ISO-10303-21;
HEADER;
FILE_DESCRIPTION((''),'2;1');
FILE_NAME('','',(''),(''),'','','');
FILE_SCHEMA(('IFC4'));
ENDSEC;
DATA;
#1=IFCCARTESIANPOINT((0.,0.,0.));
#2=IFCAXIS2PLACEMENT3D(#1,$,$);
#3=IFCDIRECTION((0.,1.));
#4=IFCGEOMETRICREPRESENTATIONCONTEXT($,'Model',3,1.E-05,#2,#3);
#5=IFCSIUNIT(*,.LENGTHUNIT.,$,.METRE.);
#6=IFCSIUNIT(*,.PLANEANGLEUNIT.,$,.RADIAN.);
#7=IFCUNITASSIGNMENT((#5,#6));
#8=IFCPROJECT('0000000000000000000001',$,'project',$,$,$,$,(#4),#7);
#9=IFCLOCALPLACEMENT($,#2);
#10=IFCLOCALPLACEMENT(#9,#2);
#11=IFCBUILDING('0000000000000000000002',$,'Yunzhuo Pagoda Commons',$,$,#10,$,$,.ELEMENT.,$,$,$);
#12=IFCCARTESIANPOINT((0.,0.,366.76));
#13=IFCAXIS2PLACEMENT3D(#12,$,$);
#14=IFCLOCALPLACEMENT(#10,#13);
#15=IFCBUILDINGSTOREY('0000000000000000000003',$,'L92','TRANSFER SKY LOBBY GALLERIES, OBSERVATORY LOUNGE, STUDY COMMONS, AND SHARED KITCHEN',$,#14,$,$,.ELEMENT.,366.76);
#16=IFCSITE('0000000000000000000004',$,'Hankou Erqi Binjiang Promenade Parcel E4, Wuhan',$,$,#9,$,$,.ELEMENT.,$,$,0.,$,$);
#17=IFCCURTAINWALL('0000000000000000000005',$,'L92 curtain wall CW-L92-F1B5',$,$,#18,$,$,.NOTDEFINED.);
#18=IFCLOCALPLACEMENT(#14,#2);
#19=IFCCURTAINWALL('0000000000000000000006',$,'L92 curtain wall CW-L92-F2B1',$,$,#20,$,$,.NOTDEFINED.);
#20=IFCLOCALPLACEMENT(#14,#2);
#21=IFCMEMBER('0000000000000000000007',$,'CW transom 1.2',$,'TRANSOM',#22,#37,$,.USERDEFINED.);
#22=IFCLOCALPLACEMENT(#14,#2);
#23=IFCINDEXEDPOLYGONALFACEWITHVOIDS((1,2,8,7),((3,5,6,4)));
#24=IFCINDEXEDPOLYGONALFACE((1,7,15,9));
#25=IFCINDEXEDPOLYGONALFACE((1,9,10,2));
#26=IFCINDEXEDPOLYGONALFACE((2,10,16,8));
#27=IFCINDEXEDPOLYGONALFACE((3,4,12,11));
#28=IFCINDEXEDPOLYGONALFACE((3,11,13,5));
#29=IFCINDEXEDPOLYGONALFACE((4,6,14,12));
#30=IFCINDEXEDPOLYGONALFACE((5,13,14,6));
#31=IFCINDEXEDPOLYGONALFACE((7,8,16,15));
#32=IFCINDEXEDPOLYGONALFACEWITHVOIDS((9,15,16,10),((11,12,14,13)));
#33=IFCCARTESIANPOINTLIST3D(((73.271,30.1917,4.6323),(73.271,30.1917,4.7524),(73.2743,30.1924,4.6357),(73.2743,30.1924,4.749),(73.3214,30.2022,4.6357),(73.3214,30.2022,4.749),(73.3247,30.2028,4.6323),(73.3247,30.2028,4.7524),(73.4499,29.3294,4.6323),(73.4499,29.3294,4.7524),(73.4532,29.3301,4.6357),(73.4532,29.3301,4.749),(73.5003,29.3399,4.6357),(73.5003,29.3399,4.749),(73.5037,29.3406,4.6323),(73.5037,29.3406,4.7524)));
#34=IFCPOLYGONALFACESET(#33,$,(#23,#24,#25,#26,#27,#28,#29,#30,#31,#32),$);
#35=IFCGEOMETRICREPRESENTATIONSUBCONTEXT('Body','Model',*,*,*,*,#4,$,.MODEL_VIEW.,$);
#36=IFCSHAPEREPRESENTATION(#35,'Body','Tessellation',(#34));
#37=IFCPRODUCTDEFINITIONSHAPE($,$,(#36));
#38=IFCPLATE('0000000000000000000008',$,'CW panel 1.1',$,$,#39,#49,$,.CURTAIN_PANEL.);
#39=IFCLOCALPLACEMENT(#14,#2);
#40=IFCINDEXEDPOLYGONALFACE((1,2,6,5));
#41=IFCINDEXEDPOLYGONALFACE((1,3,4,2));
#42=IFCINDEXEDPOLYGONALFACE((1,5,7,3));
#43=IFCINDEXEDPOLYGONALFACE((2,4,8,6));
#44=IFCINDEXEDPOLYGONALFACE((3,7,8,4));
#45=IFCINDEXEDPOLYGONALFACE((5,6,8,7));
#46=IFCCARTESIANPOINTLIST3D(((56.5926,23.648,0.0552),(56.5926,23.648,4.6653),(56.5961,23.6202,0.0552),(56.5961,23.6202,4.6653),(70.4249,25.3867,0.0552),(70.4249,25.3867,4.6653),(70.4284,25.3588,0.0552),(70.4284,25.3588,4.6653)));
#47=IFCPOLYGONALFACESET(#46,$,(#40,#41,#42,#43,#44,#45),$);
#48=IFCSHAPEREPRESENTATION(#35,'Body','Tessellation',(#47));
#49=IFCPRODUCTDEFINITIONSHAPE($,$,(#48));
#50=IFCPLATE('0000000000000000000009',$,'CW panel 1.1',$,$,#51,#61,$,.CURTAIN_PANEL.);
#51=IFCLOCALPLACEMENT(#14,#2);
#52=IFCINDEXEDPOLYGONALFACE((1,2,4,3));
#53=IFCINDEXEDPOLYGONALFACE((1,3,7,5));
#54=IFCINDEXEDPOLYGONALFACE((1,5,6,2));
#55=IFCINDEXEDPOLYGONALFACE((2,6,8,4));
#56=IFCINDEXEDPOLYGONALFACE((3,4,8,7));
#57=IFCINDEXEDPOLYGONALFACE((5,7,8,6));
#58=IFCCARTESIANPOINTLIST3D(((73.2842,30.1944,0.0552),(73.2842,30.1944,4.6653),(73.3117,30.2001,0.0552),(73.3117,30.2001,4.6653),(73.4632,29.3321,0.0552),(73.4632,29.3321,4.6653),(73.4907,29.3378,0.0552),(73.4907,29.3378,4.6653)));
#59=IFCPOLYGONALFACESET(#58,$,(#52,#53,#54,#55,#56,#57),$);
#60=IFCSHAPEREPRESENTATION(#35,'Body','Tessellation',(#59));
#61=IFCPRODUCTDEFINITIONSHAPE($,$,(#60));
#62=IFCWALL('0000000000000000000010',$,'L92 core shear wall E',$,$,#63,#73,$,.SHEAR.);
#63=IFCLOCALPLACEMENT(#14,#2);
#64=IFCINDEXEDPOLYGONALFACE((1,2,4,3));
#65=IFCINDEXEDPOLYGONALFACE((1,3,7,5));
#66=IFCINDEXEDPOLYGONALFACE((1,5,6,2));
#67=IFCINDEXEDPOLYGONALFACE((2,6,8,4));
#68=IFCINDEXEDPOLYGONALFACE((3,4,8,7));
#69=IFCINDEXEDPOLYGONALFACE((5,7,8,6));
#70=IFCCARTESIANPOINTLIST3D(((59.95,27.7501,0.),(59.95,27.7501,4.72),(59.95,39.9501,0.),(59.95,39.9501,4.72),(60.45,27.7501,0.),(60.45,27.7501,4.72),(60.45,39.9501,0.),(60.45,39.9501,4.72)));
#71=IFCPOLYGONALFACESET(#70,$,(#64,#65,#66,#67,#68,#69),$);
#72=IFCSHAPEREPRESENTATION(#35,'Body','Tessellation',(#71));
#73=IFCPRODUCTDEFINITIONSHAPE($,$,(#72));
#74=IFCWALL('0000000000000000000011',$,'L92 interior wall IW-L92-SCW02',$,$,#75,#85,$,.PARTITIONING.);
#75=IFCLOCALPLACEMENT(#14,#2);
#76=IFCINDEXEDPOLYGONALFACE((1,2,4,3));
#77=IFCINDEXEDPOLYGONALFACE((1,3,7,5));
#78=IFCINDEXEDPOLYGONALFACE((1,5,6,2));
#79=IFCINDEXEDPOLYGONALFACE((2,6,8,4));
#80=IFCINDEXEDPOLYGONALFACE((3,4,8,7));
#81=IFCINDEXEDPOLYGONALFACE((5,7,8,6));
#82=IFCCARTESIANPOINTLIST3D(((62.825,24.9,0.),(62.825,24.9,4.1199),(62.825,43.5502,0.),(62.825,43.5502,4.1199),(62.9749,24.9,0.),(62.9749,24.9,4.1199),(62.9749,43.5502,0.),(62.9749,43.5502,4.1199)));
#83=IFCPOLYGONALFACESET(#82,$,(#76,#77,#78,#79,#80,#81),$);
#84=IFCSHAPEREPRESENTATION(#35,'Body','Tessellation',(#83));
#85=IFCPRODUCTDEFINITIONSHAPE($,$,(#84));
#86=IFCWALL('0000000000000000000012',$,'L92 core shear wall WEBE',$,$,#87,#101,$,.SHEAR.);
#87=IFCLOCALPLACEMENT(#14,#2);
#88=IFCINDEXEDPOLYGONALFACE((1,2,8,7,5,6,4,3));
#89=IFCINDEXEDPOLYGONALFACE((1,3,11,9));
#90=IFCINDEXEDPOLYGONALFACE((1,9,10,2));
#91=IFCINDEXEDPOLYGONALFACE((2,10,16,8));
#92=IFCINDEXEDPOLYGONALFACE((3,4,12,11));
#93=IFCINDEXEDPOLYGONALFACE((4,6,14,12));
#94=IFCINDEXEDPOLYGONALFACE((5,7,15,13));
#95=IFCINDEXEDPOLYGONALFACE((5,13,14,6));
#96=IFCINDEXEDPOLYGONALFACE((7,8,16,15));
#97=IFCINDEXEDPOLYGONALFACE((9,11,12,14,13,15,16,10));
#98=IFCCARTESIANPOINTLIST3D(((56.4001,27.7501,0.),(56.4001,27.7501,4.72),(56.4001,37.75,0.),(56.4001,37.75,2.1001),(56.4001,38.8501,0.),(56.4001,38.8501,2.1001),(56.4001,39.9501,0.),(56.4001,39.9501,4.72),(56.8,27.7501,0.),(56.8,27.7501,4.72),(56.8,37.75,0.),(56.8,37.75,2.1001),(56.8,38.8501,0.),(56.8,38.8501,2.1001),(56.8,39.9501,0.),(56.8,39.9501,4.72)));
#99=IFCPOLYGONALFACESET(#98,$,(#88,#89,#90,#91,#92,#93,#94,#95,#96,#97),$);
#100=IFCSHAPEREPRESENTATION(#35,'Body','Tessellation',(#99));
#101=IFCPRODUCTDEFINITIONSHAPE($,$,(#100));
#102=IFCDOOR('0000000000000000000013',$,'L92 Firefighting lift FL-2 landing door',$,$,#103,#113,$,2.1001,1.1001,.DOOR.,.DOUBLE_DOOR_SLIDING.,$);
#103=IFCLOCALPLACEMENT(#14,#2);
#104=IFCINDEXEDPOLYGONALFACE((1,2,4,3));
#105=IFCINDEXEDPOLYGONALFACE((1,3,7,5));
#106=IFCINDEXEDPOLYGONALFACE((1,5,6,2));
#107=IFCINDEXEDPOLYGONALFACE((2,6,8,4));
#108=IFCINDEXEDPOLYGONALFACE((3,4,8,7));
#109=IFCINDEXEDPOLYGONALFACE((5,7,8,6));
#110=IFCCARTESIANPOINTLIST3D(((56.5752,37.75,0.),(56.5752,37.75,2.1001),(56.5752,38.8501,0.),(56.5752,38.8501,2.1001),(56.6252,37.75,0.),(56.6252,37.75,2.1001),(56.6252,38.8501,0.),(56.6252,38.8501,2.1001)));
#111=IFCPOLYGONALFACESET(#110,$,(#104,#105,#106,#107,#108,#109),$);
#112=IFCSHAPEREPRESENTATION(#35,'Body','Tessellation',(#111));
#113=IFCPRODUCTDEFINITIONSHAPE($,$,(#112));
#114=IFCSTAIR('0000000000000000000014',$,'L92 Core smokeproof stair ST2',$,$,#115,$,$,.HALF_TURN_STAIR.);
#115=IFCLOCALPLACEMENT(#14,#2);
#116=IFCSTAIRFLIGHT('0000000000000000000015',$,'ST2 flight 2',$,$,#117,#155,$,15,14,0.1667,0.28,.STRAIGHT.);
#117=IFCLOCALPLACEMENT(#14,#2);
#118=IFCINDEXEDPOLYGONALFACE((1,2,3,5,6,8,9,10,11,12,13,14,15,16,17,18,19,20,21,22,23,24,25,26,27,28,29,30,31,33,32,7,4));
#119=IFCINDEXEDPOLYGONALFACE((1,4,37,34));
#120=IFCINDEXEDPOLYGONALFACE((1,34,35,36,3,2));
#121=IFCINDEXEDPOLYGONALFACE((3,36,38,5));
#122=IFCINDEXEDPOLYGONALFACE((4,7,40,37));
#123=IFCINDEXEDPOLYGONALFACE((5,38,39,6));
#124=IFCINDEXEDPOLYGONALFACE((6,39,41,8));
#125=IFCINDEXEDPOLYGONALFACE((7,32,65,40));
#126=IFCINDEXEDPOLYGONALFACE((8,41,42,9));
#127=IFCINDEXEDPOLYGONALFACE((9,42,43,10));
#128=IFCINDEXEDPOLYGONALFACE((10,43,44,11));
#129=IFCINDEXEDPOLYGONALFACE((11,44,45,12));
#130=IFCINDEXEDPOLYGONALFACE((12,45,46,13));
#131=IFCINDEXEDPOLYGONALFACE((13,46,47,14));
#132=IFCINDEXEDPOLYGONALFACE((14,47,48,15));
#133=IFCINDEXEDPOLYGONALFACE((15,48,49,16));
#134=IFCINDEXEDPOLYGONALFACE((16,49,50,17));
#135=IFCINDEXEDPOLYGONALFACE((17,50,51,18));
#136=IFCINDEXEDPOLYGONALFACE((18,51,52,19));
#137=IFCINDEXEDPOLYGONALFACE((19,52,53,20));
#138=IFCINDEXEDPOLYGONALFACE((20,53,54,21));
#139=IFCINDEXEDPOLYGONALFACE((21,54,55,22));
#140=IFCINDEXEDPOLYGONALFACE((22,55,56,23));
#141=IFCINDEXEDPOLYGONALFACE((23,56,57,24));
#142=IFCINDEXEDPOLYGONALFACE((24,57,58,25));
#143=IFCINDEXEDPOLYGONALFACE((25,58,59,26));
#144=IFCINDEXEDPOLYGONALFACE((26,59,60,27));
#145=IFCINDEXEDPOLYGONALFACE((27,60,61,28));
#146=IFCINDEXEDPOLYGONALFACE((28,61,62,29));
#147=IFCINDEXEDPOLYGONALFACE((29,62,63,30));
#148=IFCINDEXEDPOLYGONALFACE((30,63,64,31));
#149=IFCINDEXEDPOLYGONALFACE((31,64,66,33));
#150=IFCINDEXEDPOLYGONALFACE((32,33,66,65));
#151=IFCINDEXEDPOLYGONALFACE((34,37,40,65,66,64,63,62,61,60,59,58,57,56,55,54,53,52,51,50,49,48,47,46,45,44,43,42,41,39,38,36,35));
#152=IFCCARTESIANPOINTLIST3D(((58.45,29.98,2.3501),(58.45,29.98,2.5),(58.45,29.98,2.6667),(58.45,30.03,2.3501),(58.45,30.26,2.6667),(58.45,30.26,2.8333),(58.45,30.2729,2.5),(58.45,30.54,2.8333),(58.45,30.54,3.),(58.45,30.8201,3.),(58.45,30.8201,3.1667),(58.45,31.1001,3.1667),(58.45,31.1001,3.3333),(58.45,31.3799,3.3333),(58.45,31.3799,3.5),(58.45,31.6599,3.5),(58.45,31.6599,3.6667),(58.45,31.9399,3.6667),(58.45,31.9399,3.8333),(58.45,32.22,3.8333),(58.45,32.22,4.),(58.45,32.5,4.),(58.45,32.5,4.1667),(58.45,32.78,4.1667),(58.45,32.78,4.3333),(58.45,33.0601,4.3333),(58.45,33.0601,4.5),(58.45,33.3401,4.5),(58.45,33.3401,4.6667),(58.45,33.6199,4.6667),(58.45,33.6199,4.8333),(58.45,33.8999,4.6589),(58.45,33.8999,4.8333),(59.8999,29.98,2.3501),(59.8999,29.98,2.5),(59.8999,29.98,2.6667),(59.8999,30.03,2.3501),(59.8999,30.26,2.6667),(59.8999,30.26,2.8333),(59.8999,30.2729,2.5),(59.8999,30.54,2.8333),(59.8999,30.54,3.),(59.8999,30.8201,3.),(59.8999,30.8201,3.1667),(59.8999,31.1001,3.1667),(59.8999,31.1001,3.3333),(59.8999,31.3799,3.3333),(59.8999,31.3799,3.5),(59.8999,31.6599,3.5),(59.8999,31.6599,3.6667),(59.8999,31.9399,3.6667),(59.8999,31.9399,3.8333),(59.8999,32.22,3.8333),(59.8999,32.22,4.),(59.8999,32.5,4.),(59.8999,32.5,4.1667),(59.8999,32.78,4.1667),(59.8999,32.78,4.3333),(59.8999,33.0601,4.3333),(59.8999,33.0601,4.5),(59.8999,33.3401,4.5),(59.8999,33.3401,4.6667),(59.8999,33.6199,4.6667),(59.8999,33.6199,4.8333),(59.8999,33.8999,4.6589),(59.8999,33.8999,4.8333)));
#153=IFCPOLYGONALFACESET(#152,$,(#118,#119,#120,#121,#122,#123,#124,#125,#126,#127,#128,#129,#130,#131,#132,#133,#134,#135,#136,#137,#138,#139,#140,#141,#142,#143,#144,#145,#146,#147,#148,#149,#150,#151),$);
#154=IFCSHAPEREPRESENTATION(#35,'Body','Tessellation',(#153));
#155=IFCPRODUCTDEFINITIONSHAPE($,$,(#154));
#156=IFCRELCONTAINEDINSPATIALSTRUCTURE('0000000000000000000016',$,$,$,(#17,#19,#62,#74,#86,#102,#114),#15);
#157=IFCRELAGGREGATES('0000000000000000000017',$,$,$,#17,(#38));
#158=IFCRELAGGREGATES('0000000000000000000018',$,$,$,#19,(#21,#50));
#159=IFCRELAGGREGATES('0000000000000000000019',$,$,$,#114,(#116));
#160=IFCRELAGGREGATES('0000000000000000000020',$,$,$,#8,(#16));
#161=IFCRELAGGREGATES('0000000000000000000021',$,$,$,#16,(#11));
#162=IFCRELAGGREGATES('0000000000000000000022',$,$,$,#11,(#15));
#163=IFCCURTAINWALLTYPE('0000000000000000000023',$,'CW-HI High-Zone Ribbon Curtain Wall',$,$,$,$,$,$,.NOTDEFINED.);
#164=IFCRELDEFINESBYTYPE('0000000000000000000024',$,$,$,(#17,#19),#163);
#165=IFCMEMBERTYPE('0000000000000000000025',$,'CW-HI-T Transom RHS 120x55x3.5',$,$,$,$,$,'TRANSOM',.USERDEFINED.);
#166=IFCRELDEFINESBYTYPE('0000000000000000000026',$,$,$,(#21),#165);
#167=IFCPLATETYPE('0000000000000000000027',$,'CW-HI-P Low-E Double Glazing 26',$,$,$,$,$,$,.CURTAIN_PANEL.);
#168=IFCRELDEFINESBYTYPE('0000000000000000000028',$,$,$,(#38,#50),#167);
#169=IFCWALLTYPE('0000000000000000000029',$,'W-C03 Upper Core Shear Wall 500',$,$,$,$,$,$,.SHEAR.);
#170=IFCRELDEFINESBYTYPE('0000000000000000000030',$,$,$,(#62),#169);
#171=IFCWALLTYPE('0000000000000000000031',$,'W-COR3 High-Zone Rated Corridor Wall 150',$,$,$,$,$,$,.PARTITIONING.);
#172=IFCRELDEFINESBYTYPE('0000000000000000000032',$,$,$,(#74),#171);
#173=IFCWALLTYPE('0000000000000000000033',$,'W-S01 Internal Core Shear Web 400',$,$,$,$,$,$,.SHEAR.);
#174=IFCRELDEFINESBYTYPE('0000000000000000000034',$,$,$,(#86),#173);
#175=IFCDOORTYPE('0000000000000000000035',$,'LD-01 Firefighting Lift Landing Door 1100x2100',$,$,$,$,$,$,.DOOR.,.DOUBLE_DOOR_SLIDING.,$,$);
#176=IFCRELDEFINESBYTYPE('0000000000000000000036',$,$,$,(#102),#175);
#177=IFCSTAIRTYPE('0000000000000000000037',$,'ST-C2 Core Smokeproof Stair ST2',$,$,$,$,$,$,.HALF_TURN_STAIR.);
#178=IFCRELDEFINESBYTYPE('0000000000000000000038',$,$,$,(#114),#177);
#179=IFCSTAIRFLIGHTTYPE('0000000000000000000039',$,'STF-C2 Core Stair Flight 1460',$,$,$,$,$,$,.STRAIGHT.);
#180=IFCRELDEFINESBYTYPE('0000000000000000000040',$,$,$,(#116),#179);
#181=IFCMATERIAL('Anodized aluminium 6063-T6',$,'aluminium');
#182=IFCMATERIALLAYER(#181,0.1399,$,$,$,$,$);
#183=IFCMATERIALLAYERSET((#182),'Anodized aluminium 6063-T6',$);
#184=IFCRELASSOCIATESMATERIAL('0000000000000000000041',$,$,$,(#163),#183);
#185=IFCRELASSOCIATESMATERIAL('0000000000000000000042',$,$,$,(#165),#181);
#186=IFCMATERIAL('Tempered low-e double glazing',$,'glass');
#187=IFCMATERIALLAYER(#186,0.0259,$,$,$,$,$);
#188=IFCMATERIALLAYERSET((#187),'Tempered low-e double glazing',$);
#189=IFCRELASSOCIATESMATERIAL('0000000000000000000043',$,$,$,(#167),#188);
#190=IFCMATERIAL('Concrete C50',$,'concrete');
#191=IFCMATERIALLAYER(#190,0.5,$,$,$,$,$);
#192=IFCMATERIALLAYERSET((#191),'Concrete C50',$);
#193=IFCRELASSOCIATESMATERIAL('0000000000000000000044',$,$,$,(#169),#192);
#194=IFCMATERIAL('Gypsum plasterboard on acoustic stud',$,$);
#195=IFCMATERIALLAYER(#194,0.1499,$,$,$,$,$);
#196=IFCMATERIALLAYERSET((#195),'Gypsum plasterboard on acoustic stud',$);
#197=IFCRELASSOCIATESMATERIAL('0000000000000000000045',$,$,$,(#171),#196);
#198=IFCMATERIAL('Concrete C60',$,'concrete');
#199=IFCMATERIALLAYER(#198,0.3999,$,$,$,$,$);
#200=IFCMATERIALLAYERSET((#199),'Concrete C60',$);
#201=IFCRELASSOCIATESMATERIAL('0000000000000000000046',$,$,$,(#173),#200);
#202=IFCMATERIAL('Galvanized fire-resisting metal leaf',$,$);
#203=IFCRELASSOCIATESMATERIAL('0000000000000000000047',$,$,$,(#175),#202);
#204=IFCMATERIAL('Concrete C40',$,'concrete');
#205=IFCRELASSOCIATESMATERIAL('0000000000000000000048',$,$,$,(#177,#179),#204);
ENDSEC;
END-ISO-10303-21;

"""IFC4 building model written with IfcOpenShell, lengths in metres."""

from ifc_helpers import new_model, si_unit, direction, frame, frame_2d, origin, origin_with_axes, origin_2d, place, context, subcontext, project, spatial, polyline, rectangle, hollow_rectangle, outline, extrude, source, transform, mapped, material, layer, layer_set, material_profile, profile_set, type_object, element, fill, aggregate, save


model = new_model("IFC4")

# Units and contexts
model_context = context("Model", 3, precision=1e-05, world=origin(), true_north=direction((0.0, 1.0)))
body_context = subcontext(model_context, "Body", "Model", "MODEL_VIEW")
ifc_project = project(units=[si_unit("LENGTHUNIT", "METRE"), si_unit("PLANEANGLEUNIT", "RADIAN")], contexts=[model_context])

# Site, building, storey
site_placement = place(None, origin())
site = spatial("IfcSite", under=ifc_project, at=site_placement, Name="Hankou Erqi Binjiang Promenade Parcel E4, Wuhan", CompositionType="ELEMENT", RefElevation=0.0)
building_placement = place(site_placement, origin())
building = spatial("IfcBuilding", under=site, at=building_placement, Name="Yunzhuo Pagoda Commons", CompositionType="ELEMENT")
storey_placement = place(building_placement, frame((0.0, 0.0, 366.76)))
storey = spatial("IfcBuildingStorey", under=building, at=storey_placement, Name="L92", Description="TRANSFER SKY LOBBY GALLERIES, OBSERVATORY LOUNGE, STUDY COMMONS, AND SHARED KITCHEN", CompositionType="ELEMENT", Elevation=366.76)

# Curtain wall
ifc_material_1 = material(Name="Anodized aluminium 6063-T6", Category="aluminium")
ifc_layer_1 = layer(ifc_material_1, 0.1399)
ifc_layer_set_1 = layer_set([ifc_layer_1], Name="Anodized aluminium 6063-T6")
curtain_wall_type = type_object("IfcCurtainWallType", Name="CW-HI High-Zone Ribbon Curtain Wall", PredefinedType="NOTDEFINED", material=ifc_layer_set_1)
curtain_wall_1_placement = place(storey_placement, origin())
curtain_wall_1 = element("IfcCurtainWall", 1, at=curtain_wall_1_placement, inside=storey, type_object=curtain_wall_type, Name="L92 curtain wall CW-L92-F1B5", PredefinedType="NOTDEFINED")

# Curtain wall
curtain_wall_2_placement = place(storey_placement, origin())
curtain_wall_2 = element("IfcCurtainWall", 2, at=curtain_wall_2_placement, inside=storey, type_object=curtain_wall_type, Name="L92 curtain wall CW-L92-F2B1", PredefinedType="NOTDEFINED")

# Member
ifc_material_profile_1 = material_profile(ifc_material_1, hollow_rectangle(XDim=0.0549, YDim=0.1201, WallThickness=0.0034, at=origin_2d()), Name="Anodized aluminium 6063-T6")
ifc_profile_set_1 = profile_set([ifc_material_profile_1], Name="Anodized aluminium 6063-T6")
member_type_1 = type_object("IfcMemberType", Name="CW-HI-T Transom RHS 120x55x3.5", ElementType="TRANSOM", PredefinedType="USERDEFINED", material=ifc_profile_set_1)
shared_shape_1 = source(origin(), body_context, "Body", "SweptSolid", [
    extrude(hollow_rectangle(XDim=0.0549, YDim=0.1201, WallThickness=0.0034, at=origin_2d()), origin(), (0.0, 0.0, 1.0), 0.8806),
])
member_1_placement = place(storey_placement, frame((73.2979, 30.1973, 4.6924), z_axis=(0.203201, -0.979137, 0.0), x_axis=(0.979137, 0.203201, 0.0)))
member_1 = element("IfcMember", 3, at=member_1_placement, type_object=member_type_1, Name="CW transom 1.2", ObjectType="TRANSOM", PredefinedType="USERDEFINED", context=body_context, shape_type="MappedRepresentation", body=[
    mapped(shared_shape_1, transform((0.0, 0.0, 0.0), scale=1.0)),
])

# Plates
ifc_material_2 = material(Name="Tempered low-e double glazing", Category="glass")
ifc_layer_2 = layer(ifc_material_2, 0.0259)
ifc_layer_set_2 = layer_set([ifc_layer_2], Name="Tempered low-e double glazing")
plate_type = type_object("IfcPlateType", Name="CW-HI-P Low-E Double Glazing 26", PredefinedType="CURTAIN_PANEL", material=ifc_layer_set_2)
shared_shape_2 = source(origin(), body_context, "Body", "SweptSolid", [
    extrude(rectangle(XDim=13.9412, YDim=0.0281, at=origin_2d()), origin(), (0.0, 0.0, 1.0), 4.6101),
])
plate_1_placement = place(storey_placement, frame((63.5105, 24.5034, 0.0552), z_axis=(0.0, 0.0, 1.0), x_axis=(0.992193, 0.124712, 0.0)))
plate_1 = element("IfcPlate", 4, at=plate_1_placement, type_object=plate_type, Name="CW panel 1.1", PredefinedType="CURTAIN_PANEL", context=body_context, shape_type="MappedRepresentation", body=[
    mapped(shared_shape_2, transform((0.0, 0.0, 0.0), scale=1.0)),
])
aggregate(curtain_wall_1, [plate_1])
shared_shape_3 = source(origin(), body_context, "Body", "SweptSolid", [
    extrude(rectangle(XDim=0.8806, YDim=0.0281, at=origin_2d()), origin(), (0.0, 0.0, 1.0), 4.6101),
])
plate_2_placement = place(storey_placement, frame((73.3875, 29.7661, 0.0552), z_axis=(0.0, 0.0, 1.0), x_axis=(0.203184, -0.979141, 0.0)))
plate_2 = element("IfcPlate", 5, at=plate_2_placement, type_object=plate_type, Name="CW panel 1.1", PredefinedType="CURTAIN_PANEL", context=body_context, shape_type="MappedRepresentation", body=[
    mapped(shared_shape_3, transform((0.0, 0.0, 0.0), scale=1.0)),
])
aggregate(curtain_wall_2, [member_1, plate_2])

# Walls
ifc_material_3 = material(Name="Concrete C50", Category="concrete")
ifc_layer_3 = layer(ifc_material_3, 0.5)
ifc_layer_set_3 = layer_set([ifc_layer_3], Name="Concrete C50")
wall_type_1 = type_object("IfcWallType", Name="W-C03 Upper Core Shear Wall 500", PredefinedType="SHEAR", material=ifc_layer_set_3)
wall_1_placement = place(storey_placement, frame((60.2, 27.75, 0.0), z_axis=(0.0, 0.0, 1.0), x_axis=(0.0, 1.0, 0.0)))
element("IfcWall", 6, at=wall_1_placement, inside=storey, type_object=wall_type_1, Name="L92 core shear wall E", PredefinedType="SHEAR", context=body_context, shape_type="SweptSolid", body=[
    extrude(rectangle(XDim=12.2, YDim=0.5, at=frame_2d((6.1001, 0.0))), origin(), (0.0, 0.0, 1.0), 4.72),
])
ifc_material_4 = material(Name="Gypsum plasterboard on acoustic stud")
ifc_layer_4 = layer(ifc_material_4, 0.1499)
ifc_layer_set_4 = layer_set([ifc_layer_4], Name="Gypsum plasterboard on acoustic stud")
wall_type_2 = type_object("IfcWallType", Name="W-COR3 High-Zone Rated Corridor Wall 150", PredefinedType="PARTITIONING", material=ifc_layer_set_4)
wall_2_placement = place(storey_placement, frame((62.8999, 24.8999, 0.0), z_axis=(0.0, 0.0, 1.0), x_axis=(0.0, 1.0, 0.0)))
element("IfcWall", 7, at=wall_2_placement, inside=storey, type_object=wall_type_2, Name="L92 interior wall IW-L92-SCW02", PredefinedType="PARTITIONING", context=body_context, shape_type="SweptSolid", body=[
    extrude(rectangle(XDim=18.6501, YDim=0.1499, at=frame_2d((9.3252, 0.0))), origin(), (0.0, 0.0, 1.0), 4.1199),
])

# Wall, opening, door
ifc_material_5 = material(Name="Concrete C60", Category="concrete")
ifc_layer_5 = layer(ifc_material_5, 0.3999)
ifc_layer_set_5 = layer_set([ifc_layer_5], Name="Concrete C60")
wall_type_3 = type_object("IfcWallType", Name="W-S01 Internal Core Shear Web 400", PredefinedType="SHEAR", material=ifc_layer_set_5)
wall_3_placement = place(storey_placement, frame((56.6001, 27.75, 0.0), z_axis=(0.0, 0.0, 1.0), x_axis=(0.0, 1.0, 0.0)))
wall_3 = element("IfcWall", 8, at=wall_3_placement, inside=storey, type_object=wall_type_3, Name="L92 core shear wall WEBE", PredefinedType="SHEAR", context=body_context, shape_type="SweptSolid", body=[
    extrude(rectangle(XDim=12.2, YDim=0.3999, at=frame_2d((6.1001, 0.0))), origin(), (0.0, 0.0, 1.0), 4.72),
])
opening_1_placement = place(wall_3_placement, frame((10.0, 0.0, 0.0)))
opening_1 = element("IfcOpeningElement", 9, at=opening_1_placement, cuts=wall_3, PredefinedType="OPENING", context=body_context, shape_type="SweptSolid", body=[
    extrude(rectangle(XDim=1.1001, YDim=2.1001, at=frame_2d((0.55, 1.05))), frame((0.0, 0.21, 0.0), z_axis=(0.0, -1.0, 0.0), x_axis=(1.0, 0.0, 0.0)), (0.0, 0.0, 1.0), 0.4199),
])
ifc_material_6 = material(Name="Galvanized fire-resisting metal leaf")
door_type_1 = type_object("IfcDoorType", Name="LD-01 Firefighting Lift Landing Door 1100x2100", OperationType="DOUBLE_DOOR_SLIDING", PredefinedType="DOOR", material=ifc_material_6)
shared_shape_4 = source(origin(), body_context, "Body", "SweptSolid", [
    extrude(rectangle(XDim=1.1001, YDim=2.1001, at=frame_2d((0.55, 1.05))), frame((0.0, 0.0249, 0.0), z_axis=(0.0, -1.0, 0.0), x_axis=(1.0, 0.0, 0.0)), (0.0, 0.0, 1.0), 0.05),
])
door_1_placement = place(opening_1_placement, origin_with_axes())
door_1 = element("IfcDoor", 10, at=door_1_placement, inside=storey, type_object=door_type_1, Name="L92 Firefighting lift FL-2 landing door", OperationType="DOUBLE_DOOR_SLIDING", OverallHeight=2.1001, OverallWidth=1.1001, PredefinedType="DOOR", context=body_context, shape_type="MappedRepresentation", body=[
    mapped(shared_shape_4, transform((0.0, 0.0, 0.0), scale=1.0)),
])
fill(opening_1, door_1)

# Stair, stair flight
ifc_material_7 = material(Name="Concrete C40", Category="concrete")
stair_type = type_object("IfcStairType", Name="ST-C2 Core Smokeproof Stair ST2", PredefinedType="HALF_TURN_STAIR", material=ifc_material_7)
stair_placement = place(storey_placement, origin())
stair = element("IfcStair", 11, at=stair_placement, inside=storey, type_object=stair_type, Name="L92 Core smokeproof stair ST2", PredefinedType="HALF_TURN_STAIR")
stair_flight_type = type_object("IfcStairFlightType", Name="STF-C2 Core Stair Flight 1460", PredefinedType="STRAIGHT", material=ifc_material_7)
shared_shape_5 = source(origin(), body_context, "Body", "SweptSolid", [
    extrude(outline(polyline([(0.0, -0.1499), (0.0, 0.0), (0.0, 0.1667), (0.28, 0.1667), (0.28, 0.3333), (0.5601, 0.3333), (0.5601, 0.5), (0.8401, 0.5), (0.8401, 0.6667), (1.1201, 0.6667), (1.1201, 0.8333), (1.3999, 0.8333), (1.3999, 1.0), (1.6799, 1.0), (1.6799, 1.1667), (1.96, 1.1667), (1.96, 1.3333), (2.24, 1.3333), (2.24, 1.5), (2.52, 1.5), (2.52, 1.6667), (2.8, 1.6667), (2.8, 1.8333), (3.0801, 1.8333), (3.0801, 2.0), (3.3601, 2.0), (3.3601, 2.1667), (3.6399, 2.1667), (3.6399, 2.3333), (3.9199, 2.3333), (3.9199, 2.5), (3.9199, 2.1589), (0.293, 0.0), (0.05, -0.1499), (0.0, -0.1499)])), frame((0.0, 0.7251, 0.0), z_axis=(0.0, -1.0, 0.0), x_axis=(1.0, 0.0, 0.0)), (0.0, 0.0, 1.0), 1.45),
])
stair_flight_placement = place(storey_placement, frame((59.175, 29.98, 2.5), z_axis=(0.0, 0.0, 1.0), x_axis=(0.0, 1.0, 0.0)))
stair_flight = element("IfcStairFlight", 12, at=stair_flight_placement, type_object=stair_flight_type, Name="ST2 flight 2", NumberOfRisers=15, NumberOfTreads=14, PredefinedType="STRAIGHT", RiserHeight=0.1667, TreadLength=0.28, context=body_context, shape_type="MappedRepresentation", body=[
    mapped(shared_shape_5, transform((0.0, 0.0, 0.0), scale=1.0)),
])
aggregate(stair, [stair_flight])

save(model, "model.ifc")
